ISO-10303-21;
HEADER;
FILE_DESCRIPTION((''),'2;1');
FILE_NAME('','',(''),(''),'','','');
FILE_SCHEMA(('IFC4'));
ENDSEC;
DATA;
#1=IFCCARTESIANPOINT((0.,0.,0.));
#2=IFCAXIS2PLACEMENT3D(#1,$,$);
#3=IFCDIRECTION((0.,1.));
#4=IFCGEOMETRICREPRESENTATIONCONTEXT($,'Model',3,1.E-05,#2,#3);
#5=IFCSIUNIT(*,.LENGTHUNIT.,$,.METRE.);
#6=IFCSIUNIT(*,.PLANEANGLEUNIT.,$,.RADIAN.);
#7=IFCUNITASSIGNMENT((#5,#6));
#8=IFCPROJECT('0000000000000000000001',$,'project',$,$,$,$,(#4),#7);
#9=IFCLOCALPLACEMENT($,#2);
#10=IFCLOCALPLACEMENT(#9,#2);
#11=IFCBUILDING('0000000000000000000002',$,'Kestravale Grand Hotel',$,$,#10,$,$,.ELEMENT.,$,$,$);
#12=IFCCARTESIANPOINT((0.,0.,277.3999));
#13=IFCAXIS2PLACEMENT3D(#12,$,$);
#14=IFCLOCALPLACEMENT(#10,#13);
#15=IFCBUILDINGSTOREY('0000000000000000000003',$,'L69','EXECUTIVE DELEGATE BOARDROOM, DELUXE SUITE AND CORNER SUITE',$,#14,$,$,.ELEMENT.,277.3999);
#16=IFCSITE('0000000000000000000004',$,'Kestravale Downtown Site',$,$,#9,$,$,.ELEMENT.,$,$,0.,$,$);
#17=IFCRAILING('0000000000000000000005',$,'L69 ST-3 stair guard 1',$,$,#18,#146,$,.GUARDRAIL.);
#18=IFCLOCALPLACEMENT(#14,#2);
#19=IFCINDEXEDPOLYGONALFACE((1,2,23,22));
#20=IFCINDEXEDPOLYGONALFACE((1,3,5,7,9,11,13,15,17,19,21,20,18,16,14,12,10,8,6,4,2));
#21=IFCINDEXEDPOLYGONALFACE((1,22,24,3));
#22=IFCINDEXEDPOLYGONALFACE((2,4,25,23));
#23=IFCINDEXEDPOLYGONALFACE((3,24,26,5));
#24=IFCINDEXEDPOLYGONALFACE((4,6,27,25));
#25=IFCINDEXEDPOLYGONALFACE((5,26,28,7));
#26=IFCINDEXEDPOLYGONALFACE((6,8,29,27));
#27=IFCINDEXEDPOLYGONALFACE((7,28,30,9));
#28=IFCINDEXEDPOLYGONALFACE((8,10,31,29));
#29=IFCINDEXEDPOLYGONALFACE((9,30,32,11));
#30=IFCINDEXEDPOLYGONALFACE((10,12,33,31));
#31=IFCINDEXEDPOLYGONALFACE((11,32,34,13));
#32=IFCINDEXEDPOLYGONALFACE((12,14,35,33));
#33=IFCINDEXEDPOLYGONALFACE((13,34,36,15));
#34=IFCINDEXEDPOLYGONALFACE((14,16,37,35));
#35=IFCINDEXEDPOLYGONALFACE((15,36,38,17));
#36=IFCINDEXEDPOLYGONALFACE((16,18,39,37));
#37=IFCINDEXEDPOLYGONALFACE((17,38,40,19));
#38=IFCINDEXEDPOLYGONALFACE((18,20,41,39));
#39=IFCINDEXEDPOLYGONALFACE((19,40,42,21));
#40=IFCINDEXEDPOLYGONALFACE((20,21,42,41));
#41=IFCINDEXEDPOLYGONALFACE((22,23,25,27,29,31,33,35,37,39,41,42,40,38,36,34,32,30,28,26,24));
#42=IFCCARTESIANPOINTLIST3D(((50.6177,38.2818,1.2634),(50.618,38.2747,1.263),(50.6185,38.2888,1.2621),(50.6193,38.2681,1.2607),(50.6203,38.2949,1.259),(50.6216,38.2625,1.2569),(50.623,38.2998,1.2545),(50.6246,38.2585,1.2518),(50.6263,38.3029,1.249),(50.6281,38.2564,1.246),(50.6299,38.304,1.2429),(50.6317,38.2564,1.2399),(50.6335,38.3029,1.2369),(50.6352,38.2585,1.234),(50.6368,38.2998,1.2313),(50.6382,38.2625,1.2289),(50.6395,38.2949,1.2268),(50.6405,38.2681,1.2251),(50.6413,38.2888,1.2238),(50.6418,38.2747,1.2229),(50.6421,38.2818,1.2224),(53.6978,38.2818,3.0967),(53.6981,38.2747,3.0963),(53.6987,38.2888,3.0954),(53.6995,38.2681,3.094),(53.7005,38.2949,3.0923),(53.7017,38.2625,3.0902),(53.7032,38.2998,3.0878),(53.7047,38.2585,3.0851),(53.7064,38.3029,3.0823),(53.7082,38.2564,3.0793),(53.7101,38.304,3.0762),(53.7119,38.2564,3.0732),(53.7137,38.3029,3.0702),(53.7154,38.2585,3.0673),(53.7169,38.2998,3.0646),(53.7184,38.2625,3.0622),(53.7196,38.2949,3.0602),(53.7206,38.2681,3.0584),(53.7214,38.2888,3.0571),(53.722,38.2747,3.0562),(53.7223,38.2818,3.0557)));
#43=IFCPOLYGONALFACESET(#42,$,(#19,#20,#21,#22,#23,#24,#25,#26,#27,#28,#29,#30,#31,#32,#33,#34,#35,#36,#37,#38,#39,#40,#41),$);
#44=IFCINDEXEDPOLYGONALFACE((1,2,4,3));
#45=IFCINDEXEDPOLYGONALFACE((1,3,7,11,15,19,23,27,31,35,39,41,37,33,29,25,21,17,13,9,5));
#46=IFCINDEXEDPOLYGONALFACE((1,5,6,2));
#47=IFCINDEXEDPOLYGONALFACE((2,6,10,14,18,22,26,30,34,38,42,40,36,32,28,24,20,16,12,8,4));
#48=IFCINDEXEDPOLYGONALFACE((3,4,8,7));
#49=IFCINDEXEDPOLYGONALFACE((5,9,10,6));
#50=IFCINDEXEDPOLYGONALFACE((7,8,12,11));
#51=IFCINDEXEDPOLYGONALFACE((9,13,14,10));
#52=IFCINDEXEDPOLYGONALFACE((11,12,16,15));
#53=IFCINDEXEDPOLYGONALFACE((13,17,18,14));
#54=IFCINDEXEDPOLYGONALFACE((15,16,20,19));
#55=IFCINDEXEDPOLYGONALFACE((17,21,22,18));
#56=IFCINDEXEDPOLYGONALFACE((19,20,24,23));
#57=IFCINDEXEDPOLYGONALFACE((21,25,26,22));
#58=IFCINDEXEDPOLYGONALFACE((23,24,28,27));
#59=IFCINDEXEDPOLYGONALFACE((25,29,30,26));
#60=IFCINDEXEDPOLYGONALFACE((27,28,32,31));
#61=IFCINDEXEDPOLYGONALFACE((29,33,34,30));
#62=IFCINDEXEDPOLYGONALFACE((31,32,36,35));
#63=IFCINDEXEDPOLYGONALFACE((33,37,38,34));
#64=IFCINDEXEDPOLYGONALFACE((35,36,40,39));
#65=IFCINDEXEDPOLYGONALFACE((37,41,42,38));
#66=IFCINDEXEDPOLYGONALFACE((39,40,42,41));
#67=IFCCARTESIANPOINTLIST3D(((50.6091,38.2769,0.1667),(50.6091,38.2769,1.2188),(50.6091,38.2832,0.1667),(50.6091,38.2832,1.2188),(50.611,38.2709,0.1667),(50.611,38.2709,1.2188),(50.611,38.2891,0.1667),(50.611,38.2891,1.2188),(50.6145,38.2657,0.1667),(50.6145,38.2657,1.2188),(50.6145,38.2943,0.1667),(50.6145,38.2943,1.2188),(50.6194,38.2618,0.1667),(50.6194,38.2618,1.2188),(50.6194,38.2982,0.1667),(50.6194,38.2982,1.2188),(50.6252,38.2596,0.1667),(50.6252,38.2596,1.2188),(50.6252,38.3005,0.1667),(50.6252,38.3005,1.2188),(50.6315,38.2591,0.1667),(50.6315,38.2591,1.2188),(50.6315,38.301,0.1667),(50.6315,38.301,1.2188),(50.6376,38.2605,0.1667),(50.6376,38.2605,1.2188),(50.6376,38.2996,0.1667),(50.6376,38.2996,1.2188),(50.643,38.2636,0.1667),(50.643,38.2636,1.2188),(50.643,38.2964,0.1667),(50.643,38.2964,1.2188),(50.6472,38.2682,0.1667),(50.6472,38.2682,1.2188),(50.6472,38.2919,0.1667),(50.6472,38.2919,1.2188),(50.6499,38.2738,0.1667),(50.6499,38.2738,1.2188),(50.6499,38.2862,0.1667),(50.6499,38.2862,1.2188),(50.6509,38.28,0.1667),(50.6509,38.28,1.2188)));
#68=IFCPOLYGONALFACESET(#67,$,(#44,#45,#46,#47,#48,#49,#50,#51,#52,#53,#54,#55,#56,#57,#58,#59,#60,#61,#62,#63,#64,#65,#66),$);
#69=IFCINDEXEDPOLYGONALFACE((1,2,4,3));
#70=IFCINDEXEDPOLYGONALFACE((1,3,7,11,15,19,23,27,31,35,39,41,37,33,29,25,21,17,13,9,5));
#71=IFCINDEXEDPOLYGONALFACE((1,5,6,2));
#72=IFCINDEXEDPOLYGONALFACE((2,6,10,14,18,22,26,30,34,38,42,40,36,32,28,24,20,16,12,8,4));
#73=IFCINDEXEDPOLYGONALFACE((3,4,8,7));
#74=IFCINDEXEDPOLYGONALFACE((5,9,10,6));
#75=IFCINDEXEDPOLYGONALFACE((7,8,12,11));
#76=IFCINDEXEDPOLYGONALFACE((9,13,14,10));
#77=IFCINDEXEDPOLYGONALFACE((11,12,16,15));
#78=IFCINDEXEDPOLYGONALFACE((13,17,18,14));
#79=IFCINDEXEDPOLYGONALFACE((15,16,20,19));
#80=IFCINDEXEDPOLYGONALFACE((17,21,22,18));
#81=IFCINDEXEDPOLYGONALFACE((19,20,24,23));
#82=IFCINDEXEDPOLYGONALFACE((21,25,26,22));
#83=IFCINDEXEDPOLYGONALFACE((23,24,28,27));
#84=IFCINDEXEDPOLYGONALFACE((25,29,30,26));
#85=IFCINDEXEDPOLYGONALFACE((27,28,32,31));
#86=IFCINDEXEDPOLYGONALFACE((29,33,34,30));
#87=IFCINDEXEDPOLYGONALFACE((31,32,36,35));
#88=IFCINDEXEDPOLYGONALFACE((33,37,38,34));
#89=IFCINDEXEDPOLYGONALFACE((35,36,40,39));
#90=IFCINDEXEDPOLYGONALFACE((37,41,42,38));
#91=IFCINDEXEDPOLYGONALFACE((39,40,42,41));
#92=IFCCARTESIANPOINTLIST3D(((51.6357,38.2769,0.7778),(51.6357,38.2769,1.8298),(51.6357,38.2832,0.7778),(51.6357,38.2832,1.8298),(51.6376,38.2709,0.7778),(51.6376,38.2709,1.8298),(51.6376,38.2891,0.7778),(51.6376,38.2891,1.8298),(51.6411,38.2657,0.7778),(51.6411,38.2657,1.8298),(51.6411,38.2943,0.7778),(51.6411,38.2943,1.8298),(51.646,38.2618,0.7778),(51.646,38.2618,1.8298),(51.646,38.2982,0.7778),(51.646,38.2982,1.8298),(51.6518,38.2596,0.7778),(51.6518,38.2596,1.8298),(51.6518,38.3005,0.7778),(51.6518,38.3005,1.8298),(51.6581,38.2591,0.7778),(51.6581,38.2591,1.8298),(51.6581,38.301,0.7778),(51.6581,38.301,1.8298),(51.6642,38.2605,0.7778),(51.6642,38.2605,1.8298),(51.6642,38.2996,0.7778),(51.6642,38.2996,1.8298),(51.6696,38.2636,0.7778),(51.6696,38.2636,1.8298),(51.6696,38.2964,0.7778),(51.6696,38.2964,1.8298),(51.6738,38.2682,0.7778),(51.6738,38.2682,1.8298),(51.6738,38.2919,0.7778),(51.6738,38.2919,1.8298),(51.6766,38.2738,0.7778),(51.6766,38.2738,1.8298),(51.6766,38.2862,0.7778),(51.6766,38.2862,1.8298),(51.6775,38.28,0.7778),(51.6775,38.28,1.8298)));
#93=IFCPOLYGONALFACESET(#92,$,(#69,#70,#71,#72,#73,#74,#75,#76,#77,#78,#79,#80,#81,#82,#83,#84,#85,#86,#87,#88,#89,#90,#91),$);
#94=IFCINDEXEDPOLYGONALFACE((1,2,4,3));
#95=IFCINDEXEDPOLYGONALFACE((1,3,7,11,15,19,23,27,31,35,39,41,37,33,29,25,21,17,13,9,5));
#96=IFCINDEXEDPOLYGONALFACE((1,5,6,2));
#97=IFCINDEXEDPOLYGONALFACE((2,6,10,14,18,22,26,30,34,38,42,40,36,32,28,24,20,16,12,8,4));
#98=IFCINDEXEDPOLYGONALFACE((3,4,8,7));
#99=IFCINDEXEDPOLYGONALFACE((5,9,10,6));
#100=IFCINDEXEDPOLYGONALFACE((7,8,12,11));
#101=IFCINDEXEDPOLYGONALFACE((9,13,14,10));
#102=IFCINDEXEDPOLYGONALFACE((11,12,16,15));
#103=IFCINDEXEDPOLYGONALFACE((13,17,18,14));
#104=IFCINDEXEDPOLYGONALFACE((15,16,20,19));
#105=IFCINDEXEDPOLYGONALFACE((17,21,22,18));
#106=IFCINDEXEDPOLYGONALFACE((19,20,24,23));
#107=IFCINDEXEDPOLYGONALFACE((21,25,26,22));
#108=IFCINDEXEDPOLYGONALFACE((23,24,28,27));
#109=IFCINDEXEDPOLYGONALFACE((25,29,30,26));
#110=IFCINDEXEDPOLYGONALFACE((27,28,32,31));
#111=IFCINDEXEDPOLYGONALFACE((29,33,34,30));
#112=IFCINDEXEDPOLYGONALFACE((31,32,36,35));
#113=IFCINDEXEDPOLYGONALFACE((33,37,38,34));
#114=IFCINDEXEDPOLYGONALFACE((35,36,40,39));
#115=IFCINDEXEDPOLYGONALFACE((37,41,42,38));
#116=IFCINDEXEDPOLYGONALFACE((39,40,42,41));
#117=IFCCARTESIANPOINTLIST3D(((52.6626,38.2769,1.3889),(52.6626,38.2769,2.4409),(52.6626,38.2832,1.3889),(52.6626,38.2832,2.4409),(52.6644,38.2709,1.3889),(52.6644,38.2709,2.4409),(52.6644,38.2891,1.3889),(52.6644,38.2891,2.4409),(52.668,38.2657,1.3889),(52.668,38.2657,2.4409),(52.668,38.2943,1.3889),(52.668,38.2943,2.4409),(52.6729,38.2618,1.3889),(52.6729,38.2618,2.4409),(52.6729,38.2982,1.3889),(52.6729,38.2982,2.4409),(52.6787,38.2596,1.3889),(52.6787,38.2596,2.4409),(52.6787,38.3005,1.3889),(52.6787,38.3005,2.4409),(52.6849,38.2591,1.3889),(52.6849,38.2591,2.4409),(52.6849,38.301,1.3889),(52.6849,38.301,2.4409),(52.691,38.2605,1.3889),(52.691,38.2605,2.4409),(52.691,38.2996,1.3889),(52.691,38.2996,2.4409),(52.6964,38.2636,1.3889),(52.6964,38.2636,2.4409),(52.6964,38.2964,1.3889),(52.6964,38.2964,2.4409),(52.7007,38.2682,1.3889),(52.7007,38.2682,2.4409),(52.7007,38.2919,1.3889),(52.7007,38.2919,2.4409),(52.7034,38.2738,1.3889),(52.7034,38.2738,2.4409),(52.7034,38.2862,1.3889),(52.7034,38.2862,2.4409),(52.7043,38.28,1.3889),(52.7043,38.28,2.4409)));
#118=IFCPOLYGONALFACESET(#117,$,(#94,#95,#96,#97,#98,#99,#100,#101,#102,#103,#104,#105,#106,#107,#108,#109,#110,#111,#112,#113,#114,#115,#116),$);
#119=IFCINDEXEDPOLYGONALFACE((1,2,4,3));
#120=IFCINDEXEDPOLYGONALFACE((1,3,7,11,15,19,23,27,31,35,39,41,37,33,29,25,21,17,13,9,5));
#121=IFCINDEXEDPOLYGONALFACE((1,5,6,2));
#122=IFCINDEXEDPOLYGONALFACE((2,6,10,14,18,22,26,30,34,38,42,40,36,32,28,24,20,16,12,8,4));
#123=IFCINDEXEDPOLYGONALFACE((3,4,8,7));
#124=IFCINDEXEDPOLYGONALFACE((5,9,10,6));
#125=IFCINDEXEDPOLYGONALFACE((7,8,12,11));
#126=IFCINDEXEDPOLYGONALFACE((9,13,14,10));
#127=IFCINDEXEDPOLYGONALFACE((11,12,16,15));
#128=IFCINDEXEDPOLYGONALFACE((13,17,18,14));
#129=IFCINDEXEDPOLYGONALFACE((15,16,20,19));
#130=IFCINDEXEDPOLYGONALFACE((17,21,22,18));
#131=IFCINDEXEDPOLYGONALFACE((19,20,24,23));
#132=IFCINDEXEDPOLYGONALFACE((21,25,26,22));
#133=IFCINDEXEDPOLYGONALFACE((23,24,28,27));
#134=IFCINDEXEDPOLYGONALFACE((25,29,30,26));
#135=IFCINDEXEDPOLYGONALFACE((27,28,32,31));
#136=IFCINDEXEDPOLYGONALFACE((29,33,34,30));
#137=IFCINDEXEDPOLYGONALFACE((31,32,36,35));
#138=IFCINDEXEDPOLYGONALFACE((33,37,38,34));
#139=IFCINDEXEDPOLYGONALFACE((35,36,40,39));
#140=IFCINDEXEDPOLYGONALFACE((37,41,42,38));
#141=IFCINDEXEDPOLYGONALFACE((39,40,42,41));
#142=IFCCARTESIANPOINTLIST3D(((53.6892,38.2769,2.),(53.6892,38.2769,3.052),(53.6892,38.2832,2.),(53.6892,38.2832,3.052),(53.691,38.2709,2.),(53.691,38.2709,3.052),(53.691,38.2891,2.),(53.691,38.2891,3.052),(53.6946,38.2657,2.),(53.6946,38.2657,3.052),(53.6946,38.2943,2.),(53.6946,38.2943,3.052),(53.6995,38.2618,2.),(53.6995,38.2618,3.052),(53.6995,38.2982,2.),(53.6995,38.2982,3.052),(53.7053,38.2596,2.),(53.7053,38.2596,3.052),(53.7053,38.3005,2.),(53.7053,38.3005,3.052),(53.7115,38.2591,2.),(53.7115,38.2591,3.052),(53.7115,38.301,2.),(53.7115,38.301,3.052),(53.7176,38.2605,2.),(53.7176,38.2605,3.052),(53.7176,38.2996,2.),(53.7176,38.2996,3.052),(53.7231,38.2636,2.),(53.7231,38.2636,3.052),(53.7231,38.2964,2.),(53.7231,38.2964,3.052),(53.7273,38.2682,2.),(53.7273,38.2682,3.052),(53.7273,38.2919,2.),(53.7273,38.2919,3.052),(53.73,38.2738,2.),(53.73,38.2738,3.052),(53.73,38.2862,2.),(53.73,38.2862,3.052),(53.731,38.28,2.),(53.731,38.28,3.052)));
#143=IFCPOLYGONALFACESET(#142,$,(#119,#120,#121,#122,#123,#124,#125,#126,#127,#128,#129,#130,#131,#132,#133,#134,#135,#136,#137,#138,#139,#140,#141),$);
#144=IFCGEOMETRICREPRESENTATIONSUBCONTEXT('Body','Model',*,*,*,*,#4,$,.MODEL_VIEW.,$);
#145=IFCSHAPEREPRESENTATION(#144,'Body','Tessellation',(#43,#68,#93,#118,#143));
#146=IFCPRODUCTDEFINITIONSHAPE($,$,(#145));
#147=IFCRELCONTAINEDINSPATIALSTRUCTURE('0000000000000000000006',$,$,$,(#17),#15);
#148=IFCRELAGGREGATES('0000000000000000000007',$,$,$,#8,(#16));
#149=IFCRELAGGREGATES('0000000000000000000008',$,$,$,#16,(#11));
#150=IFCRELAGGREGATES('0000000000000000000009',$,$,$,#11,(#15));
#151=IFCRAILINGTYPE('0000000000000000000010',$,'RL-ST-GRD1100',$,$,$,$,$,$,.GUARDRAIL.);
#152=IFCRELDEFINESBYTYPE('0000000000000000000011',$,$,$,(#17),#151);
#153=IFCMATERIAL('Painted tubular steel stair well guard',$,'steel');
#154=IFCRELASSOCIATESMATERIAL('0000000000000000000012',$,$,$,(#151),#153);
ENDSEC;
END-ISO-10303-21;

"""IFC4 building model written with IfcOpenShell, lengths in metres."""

from ifc_helpers import new_model, si_unit, direction, frame, origin, origin_2d, place, context, subcontext, project, spatial, circle, extrude, material, type_object, element, save


model = new_model("IFC4")

# Units and contexts
model_context = context("Model", 3, precision=1e-05, world=origin(), true_north=direction((0.0, 1.0)))
body_context = subcontext(model_context, "Body", "Model", "MODEL_VIEW")
ifc_project = project(units=[si_unit("LENGTHUNIT", "METRE"), si_unit("PLANEANGLEUNIT", "RADIAN")], contexts=[model_context])

# Site, building, storey
site_placement = place(None, origin())
site = spatial("IfcSite", under=ifc_project, at=site_placement, Name="Kestravale Downtown Site", CompositionType="ELEMENT", RefElevation=0.0)
building_placement = place(site_placement, origin())
building = spatial("IfcBuilding", under=site, at=building_placement, Name="Kestravale Grand Hotel", CompositionType="ELEMENT")
storey_placement = place(building_placement, frame((0.0, 0.0, 277.3999)))
storey = spatial("IfcBuildingStorey", under=building, at=storey_placement, Name="L69", Description="EXECUTIVE DELEGATE BOARDROOM, DELUXE SUITE AND CORNER SUITE", CompositionType="ELEMENT", Elevation=277.3999)

# Railing
ifc_material_1 = material(Name="Painted tubular steel stair well guard", Category="steel")
railing_type_1 = type_object("IfcRailingType", Name="RL-ST-GRD1100", PredefinedType="GUARDRAIL", material=ifc_material_1)
railing_1_placement = place(storey_placement, frame((50.6299, 38.28, 0.1667)))
element("IfcRailing", 1, at=railing_1_placement, inside=storey, type_object=railing_type_1, Name="L69 ST-3 stair guard 1", PredefinedType="GUARDRAIL", context=body_context, shape_type="SweptSolid", body=[
    extrude(circle(Radius=0.0239, at=origin_2d()), frame((0.0, 0.0, 1.0762), z_axis=(0.859309, 0.0, 0.511458), x_axis=(0.0, 1.0, 0.0)), (0.0, 0.0, 1.0), 3.5845),
    extrude(circle(Radius=0.021, at=origin_2d()), origin(), (0.0, 0.0, 1.0), 1.052),
    extrude(circle(Radius=0.021, at=origin_2d()), frame((1.0266, 0.0, 0.6111)), (0.0, 0.0, 1.0), 1.052),
    extrude(circle(Radius=0.021, at=origin_2d()), frame((2.0535, 0.0, 1.2222)), (0.0, 0.0, 1.0), 1.052),
    extrude(circle(Radius=0.021, at=origin_2d()), frame((3.0801, 0.0, 1.8333)), (0.0, 0.0, 1.0), 1.052),
])

save(model, "model.ifc")
